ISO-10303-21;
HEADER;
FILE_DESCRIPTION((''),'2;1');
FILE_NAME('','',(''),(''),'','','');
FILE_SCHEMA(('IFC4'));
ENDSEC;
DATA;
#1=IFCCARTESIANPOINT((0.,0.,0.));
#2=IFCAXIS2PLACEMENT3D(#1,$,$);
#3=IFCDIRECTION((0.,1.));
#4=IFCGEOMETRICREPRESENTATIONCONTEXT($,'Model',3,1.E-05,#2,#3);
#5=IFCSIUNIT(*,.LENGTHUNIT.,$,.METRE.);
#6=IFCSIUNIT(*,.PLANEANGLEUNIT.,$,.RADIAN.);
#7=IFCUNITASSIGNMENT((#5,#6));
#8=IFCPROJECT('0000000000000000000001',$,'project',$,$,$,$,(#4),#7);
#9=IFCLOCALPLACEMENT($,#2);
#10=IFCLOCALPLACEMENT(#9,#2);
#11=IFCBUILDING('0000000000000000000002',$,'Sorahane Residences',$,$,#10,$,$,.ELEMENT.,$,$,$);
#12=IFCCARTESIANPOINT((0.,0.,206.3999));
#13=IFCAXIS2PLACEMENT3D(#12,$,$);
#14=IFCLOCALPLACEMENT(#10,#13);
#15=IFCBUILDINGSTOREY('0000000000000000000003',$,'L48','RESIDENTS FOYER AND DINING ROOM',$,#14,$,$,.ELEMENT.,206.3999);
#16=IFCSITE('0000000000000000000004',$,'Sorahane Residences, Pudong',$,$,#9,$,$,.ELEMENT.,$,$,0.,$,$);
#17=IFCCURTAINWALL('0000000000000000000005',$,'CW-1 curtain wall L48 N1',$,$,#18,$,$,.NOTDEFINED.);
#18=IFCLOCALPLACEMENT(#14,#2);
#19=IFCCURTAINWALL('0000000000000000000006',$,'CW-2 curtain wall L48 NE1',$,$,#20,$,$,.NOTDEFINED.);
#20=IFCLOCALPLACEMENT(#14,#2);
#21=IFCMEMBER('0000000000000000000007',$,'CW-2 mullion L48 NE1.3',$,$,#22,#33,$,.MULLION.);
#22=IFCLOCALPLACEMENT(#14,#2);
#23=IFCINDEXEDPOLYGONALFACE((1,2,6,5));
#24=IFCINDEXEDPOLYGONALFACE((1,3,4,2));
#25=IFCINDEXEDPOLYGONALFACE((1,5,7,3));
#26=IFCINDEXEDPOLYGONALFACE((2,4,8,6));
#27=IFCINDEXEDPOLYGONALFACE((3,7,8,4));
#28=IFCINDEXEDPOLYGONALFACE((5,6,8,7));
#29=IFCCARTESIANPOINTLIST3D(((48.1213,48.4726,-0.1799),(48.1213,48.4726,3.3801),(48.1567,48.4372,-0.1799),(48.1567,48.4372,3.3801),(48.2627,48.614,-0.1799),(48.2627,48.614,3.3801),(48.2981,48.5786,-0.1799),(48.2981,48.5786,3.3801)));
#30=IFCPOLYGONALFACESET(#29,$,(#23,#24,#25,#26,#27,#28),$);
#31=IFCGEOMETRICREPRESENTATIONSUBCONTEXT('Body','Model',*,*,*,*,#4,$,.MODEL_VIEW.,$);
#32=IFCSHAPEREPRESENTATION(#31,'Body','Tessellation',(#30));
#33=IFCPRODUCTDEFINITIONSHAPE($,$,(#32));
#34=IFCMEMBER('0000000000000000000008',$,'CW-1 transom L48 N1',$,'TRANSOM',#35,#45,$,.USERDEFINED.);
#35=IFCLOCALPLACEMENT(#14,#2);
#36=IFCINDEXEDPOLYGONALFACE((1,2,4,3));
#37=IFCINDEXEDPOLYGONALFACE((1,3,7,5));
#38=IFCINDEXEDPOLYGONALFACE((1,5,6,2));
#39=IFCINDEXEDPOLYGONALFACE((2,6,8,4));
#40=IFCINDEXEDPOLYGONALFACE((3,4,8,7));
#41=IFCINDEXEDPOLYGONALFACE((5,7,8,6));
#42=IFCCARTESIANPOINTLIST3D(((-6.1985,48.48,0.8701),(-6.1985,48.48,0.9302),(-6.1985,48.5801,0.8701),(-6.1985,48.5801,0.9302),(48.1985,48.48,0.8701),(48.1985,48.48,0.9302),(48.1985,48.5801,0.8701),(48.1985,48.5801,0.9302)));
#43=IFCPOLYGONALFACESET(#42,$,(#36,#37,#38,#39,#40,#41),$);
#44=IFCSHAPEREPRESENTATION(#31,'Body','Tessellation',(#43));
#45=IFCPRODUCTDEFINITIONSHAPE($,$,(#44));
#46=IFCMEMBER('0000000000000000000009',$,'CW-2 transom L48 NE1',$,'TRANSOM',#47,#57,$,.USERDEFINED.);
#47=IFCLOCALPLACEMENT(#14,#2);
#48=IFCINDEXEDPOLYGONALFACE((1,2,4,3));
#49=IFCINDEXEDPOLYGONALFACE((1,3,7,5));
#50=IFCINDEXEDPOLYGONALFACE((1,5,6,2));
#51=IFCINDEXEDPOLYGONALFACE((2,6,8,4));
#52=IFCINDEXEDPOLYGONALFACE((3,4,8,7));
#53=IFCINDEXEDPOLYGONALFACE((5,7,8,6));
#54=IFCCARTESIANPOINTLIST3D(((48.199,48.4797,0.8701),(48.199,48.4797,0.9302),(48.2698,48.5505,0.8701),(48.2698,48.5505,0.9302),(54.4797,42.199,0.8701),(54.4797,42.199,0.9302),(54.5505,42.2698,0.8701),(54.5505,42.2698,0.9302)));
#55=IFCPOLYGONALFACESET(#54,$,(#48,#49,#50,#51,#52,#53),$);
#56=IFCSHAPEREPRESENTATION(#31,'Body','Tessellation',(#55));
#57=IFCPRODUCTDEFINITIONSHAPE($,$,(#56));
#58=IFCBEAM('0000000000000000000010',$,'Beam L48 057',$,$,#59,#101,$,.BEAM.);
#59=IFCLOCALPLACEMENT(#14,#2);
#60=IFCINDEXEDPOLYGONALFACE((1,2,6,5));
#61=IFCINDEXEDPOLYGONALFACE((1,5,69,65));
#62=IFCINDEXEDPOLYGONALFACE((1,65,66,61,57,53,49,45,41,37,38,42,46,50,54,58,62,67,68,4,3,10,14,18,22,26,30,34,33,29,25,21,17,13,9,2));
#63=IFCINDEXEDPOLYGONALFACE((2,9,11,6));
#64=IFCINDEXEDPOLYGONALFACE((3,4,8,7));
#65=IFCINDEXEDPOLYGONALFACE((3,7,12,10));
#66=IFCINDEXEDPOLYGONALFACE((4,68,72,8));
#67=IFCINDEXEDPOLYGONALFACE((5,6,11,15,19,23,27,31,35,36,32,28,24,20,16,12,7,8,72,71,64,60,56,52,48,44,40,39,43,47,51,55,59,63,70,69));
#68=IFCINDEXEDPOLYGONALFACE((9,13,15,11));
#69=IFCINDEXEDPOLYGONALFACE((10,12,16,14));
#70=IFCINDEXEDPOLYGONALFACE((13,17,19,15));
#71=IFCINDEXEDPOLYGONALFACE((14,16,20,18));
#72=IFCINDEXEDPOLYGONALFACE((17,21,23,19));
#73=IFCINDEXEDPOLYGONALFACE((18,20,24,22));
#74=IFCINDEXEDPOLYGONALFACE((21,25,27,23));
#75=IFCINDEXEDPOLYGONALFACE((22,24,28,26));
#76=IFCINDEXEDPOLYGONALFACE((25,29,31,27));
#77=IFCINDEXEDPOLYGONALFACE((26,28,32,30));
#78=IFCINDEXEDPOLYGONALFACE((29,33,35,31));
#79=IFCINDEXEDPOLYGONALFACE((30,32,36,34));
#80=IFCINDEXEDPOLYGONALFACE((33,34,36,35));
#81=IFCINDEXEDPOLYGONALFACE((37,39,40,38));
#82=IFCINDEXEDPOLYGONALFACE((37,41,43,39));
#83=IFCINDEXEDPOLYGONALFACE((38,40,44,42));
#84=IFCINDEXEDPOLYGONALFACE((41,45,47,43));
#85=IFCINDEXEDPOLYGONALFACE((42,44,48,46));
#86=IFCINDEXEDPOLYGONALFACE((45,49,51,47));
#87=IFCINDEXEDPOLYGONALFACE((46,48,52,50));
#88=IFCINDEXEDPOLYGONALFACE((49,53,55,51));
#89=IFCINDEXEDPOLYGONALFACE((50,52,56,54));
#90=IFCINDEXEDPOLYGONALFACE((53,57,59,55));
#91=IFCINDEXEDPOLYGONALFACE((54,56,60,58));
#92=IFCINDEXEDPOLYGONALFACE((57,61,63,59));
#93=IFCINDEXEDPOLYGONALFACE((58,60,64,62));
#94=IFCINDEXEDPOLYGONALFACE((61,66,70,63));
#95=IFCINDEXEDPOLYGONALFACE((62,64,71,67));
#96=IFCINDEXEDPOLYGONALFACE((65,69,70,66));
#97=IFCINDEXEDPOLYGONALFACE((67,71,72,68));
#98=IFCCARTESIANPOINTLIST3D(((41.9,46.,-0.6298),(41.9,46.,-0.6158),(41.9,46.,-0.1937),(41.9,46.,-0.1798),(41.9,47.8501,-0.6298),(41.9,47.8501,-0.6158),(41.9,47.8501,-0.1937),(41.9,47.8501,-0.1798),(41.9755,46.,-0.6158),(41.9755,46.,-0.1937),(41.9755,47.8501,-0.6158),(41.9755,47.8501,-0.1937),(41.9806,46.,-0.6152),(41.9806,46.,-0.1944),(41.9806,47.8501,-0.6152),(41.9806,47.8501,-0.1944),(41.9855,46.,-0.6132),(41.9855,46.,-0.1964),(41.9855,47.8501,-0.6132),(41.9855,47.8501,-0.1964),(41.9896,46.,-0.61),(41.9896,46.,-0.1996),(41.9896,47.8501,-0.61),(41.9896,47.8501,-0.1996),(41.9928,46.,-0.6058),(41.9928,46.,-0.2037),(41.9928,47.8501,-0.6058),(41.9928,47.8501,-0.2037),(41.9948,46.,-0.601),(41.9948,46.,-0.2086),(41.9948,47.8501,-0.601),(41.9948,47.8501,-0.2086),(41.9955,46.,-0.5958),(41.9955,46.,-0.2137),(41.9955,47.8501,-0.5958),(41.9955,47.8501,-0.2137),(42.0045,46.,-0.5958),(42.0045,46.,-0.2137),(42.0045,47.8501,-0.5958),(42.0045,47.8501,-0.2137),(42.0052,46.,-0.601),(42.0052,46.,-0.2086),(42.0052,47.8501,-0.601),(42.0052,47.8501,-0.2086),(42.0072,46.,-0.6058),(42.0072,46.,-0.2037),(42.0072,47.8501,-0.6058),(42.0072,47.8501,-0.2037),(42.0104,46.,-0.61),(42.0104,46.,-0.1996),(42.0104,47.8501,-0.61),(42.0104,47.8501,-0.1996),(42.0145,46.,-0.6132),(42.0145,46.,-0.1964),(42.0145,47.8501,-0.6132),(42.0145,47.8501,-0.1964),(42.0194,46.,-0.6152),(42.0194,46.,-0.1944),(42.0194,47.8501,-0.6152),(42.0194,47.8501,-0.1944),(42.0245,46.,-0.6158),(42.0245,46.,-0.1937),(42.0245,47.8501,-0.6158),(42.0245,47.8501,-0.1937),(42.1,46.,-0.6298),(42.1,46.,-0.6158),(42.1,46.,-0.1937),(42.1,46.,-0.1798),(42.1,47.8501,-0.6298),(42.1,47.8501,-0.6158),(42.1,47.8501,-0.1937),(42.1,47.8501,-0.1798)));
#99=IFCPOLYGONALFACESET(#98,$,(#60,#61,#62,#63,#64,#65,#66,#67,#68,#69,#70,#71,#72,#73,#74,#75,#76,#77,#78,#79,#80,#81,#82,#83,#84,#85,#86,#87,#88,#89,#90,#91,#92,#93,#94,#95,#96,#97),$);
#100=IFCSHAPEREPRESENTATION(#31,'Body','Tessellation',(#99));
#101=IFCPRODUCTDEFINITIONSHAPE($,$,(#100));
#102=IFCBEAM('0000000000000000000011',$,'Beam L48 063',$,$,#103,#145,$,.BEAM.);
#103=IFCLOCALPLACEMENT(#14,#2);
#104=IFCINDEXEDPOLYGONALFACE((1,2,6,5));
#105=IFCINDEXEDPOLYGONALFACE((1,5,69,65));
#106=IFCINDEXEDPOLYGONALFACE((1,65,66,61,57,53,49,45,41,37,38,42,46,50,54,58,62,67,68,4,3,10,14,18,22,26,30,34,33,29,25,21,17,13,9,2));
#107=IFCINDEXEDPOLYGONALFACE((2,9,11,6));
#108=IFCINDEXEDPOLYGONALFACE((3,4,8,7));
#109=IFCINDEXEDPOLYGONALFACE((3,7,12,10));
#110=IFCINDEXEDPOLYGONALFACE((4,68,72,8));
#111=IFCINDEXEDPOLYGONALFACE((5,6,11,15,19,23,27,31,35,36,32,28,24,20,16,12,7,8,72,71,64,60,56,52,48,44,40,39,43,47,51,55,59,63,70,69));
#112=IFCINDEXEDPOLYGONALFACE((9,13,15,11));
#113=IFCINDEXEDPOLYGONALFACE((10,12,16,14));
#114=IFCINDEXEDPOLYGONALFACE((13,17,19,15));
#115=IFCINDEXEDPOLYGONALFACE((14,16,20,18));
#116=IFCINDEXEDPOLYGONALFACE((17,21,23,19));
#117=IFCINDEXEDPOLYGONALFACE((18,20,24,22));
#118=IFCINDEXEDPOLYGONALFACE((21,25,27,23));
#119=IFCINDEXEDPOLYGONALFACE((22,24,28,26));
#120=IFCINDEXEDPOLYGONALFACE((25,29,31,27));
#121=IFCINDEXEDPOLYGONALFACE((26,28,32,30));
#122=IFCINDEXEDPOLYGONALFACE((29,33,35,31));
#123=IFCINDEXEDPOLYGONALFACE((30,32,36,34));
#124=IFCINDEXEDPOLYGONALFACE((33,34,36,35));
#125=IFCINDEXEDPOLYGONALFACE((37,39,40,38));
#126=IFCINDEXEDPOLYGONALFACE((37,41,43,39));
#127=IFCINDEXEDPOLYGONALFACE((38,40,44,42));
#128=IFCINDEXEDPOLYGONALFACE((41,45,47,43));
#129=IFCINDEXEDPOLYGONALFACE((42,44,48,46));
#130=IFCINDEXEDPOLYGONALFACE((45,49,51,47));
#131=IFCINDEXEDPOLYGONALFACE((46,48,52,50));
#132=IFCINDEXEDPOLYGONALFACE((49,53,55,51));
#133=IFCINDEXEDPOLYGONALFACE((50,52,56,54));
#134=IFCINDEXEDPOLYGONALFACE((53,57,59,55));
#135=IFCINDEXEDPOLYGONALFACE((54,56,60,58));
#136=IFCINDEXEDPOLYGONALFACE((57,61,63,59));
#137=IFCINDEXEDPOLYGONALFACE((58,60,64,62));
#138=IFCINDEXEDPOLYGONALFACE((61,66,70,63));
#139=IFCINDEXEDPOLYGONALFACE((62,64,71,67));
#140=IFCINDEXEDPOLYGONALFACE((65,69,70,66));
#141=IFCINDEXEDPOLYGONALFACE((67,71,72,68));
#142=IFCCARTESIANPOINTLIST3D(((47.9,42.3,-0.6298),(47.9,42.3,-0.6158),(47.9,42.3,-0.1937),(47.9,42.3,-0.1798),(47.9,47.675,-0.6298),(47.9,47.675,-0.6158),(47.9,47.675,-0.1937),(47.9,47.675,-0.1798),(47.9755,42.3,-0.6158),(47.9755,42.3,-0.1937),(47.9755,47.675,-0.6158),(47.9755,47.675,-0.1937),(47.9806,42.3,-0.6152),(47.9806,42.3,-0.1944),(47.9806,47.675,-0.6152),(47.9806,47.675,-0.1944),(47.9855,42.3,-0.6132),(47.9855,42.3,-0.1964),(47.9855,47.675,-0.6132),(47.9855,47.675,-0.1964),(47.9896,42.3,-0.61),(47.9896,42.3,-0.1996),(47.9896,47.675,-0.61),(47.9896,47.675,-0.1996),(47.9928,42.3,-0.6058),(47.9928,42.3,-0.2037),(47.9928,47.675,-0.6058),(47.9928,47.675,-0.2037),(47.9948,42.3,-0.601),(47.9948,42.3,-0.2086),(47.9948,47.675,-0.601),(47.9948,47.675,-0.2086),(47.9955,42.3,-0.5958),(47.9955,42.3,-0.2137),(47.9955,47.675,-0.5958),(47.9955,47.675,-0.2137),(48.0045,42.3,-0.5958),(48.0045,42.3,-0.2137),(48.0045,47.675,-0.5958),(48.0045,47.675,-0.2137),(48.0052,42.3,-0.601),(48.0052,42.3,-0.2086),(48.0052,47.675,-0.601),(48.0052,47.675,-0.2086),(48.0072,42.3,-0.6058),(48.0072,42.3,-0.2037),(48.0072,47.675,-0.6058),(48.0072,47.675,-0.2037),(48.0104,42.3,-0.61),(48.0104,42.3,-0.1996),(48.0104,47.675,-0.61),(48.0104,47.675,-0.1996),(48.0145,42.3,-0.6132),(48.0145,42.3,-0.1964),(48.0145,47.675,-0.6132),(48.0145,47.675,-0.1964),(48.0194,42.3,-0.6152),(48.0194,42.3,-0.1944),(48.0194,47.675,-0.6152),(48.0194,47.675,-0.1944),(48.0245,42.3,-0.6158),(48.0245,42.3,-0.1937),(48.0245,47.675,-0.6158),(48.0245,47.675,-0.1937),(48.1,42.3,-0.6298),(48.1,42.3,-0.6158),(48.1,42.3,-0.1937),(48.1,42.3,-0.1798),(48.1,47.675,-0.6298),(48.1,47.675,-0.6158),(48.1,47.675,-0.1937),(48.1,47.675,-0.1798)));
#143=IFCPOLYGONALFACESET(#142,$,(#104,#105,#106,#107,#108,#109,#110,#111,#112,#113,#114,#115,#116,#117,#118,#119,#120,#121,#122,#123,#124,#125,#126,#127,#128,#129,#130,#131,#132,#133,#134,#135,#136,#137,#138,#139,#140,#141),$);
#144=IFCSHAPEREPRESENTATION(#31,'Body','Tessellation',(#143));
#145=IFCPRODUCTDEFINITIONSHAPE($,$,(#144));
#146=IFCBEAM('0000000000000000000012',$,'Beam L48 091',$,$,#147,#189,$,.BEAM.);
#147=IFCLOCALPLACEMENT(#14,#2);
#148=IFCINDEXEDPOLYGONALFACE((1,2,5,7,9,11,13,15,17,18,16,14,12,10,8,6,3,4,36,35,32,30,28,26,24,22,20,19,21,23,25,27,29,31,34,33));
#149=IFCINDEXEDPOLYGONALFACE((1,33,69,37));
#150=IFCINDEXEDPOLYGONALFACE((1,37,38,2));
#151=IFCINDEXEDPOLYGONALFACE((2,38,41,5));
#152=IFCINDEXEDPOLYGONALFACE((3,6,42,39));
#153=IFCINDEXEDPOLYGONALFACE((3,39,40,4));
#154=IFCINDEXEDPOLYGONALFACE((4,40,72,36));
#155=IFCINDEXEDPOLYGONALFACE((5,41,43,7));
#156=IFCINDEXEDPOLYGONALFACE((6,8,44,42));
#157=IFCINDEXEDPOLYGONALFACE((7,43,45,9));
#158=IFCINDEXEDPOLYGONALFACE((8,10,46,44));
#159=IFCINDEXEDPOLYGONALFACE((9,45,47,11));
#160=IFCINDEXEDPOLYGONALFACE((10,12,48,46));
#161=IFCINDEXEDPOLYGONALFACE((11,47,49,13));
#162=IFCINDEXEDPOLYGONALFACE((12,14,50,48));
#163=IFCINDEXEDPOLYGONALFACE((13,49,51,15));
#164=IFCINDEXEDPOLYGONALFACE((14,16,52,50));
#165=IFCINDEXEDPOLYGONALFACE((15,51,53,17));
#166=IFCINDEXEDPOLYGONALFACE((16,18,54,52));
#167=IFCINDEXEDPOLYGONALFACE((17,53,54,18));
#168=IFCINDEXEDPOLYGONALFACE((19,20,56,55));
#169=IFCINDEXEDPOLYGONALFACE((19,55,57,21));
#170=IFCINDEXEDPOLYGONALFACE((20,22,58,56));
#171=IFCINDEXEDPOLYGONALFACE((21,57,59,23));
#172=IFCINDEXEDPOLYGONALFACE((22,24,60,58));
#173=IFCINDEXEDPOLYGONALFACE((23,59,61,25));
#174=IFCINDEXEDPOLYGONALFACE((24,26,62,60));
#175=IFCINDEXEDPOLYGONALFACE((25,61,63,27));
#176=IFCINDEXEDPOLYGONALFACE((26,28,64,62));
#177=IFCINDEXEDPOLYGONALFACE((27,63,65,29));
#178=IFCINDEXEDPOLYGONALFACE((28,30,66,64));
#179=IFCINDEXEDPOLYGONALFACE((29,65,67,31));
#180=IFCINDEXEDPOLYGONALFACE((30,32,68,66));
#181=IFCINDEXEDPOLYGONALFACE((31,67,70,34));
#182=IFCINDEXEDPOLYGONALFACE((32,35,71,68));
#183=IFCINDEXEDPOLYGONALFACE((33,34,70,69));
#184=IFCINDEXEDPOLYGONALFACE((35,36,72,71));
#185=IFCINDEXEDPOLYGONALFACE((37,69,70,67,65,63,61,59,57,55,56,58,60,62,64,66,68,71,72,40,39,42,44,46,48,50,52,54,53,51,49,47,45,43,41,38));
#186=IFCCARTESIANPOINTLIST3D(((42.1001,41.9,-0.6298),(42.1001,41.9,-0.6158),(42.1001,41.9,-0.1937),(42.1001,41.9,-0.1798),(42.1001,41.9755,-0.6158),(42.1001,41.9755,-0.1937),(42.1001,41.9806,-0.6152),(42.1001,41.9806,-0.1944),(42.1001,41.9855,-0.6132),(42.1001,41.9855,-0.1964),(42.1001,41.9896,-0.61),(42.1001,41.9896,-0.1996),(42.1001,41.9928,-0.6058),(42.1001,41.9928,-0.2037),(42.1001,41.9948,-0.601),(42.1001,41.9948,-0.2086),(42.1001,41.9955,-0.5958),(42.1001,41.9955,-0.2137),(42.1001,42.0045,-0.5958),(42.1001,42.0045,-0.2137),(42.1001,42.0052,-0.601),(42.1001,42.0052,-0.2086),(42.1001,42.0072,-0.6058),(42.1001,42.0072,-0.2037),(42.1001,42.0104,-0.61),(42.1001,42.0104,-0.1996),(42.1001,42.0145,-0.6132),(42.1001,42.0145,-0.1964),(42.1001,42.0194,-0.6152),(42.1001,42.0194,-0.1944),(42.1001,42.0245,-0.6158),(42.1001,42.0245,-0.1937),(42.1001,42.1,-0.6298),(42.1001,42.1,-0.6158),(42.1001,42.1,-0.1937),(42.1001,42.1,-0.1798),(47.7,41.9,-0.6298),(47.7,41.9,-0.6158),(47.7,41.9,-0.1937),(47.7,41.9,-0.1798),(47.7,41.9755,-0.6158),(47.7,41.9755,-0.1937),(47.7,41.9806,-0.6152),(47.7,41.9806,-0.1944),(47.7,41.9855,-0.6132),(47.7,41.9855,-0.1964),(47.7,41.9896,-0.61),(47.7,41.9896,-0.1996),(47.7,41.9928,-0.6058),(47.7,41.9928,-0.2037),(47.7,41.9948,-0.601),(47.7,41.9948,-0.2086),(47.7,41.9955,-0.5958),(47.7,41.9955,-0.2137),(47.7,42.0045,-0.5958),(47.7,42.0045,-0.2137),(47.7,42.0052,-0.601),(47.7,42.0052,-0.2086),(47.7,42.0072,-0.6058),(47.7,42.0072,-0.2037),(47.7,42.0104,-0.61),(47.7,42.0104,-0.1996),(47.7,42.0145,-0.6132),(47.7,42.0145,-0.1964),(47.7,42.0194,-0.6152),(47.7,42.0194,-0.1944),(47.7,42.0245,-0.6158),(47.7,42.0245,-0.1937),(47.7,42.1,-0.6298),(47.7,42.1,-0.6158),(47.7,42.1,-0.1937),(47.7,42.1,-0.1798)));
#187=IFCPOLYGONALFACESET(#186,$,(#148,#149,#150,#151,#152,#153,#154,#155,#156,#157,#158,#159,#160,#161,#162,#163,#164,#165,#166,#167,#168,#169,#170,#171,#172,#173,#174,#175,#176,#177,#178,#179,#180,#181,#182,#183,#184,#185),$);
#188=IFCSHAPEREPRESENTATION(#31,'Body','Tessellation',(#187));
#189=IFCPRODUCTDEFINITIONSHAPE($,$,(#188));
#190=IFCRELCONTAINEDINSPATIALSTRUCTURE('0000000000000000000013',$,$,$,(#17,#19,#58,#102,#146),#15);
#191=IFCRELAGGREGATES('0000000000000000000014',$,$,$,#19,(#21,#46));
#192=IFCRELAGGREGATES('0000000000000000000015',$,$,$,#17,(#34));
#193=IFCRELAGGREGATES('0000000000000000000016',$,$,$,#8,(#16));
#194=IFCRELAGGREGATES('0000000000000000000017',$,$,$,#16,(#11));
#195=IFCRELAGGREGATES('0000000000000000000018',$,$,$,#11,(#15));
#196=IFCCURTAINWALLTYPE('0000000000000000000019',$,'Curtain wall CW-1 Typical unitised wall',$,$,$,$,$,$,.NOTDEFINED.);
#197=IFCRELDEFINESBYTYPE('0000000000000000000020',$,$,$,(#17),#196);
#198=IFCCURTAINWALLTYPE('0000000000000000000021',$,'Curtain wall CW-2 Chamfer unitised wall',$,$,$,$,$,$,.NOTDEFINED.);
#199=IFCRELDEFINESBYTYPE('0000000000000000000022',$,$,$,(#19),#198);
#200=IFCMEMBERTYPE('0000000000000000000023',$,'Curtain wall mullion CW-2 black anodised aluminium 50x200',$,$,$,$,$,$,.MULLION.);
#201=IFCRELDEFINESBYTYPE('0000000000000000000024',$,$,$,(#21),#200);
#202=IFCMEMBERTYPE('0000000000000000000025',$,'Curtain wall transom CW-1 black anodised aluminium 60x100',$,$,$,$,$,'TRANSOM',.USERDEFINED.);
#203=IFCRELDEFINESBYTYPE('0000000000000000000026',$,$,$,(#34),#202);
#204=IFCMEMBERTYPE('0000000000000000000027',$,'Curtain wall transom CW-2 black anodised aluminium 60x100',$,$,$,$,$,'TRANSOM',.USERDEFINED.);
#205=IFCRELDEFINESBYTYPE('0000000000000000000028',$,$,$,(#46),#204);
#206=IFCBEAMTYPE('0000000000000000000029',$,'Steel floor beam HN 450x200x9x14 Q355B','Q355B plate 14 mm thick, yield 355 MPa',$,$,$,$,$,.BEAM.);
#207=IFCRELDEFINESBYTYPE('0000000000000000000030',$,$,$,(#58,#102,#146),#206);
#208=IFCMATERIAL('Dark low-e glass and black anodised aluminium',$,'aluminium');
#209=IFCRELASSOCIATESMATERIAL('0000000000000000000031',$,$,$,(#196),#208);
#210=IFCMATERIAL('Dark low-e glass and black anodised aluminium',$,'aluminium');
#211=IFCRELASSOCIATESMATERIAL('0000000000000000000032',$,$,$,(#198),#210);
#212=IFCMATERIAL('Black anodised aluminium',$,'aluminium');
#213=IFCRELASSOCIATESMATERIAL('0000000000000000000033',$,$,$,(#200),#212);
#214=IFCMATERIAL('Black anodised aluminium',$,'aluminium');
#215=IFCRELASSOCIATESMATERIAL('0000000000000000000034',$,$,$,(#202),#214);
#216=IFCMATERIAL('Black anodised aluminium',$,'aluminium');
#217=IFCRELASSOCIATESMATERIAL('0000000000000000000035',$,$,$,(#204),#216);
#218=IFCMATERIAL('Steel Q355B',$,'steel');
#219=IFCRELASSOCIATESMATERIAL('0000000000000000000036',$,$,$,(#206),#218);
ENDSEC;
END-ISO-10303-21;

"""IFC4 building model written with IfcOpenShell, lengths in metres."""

from ifc_helpers import new_model, si_unit, direction, frame, origin, origin_2d, place, context, subcontext, project, spatial, rectangle, i_section, extrude, material, material_profile, profile_set, type_object, element, aggregate, save


model = new_model("IFC4")

# Units and contexts
model_context = context("Model", 3, precision=1e-05, world=origin(), true_north=direction((0.0, 1.0)))
body_context = subcontext(model_context, "Body", "Model", "MODEL_VIEW")
ifc_project = project(units=[si_unit("LENGTHUNIT", "METRE"), si_unit("PLANEANGLEUNIT", "RADIAN")], contexts=[model_context])

# Site, building, storey
site_placement = place(None, origin())
site = spatial("IfcSite", under=ifc_project, at=site_placement, Name="Sorahane Residences, Pudong", CompositionType="ELEMENT", RefElevation=0.0)
building_placement = place(site_placement, origin())
building = spatial("IfcBuilding", under=site, at=building_placement, Name="Sorahane Residences", CompositionType="ELEMENT")
storey_placement = place(building_placement, frame((0.0, 0.0, 206.3999)))
storey = spatial("IfcBuildingStorey", under=building, at=storey_placement, Name="L48", Description="RESIDENTS FOYER AND DINING ROOM", CompositionType="ELEMENT", Elevation=206.3999)

# Curtain wall
ifc_material_1 = material(Name="Dark low-e glass and black anodised aluminium", Category="aluminium")
curtain_wall_type_1 = type_object("IfcCurtainWallType", Name="Curtain wall CW-1 Typical unitised wall", PredefinedType="NOTDEFINED", material=ifc_material_1)
curtain_wall_1_placement = place(storey_placement, origin())
curtain_wall_1 = element("IfcCurtainWall", 1, at=curtain_wall_1_placement, inside=storey, type_object=curtain_wall_type_1, Name="CW-1 curtain wall L48 N1", PredefinedType="NOTDEFINED")

# Curtain wall, member
ifc_material_2 = material(Name="Dark low-e glass and black anodised aluminium", Category="aluminium")
curtain_wall_type_2 = type_object("IfcCurtainWallType", Name="Curtain wall CW-2 Chamfer unitised wall", PredefinedType="NOTDEFINED", material=ifc_material_2)
curtain_wall_2_placement = place(storey_placement, origin())
curtain_wall_2 = element("IfcCurtainWall", 2, at=curtain_wall_2_placement, inside=storey, type_object=curtain_wall_type_2, Name="CW-2 curtain wall L48 NE1", PredefinedType="NOTDEFINED")
ifc_material_3 = material(Name="Black anodised aluminium", Category="aluminium")
ifc_material_profile_1 = material_profile(ifc_material_3, rectangle(XDim=0.2, YDim=0.05, at=origin_2d()), Name="Curtain wall mullion CW-2 black anodised aluminium 50x200")
ifc_profile_set_1 = profile_set([ifc_material_profile_1], Name="Black anodised aluminium")
member_type_1 = type_object("IfcMemberType", Name="Curtain wall mullion CW-2 black anodised aluminium 50x200", PredefinedType="MULLION", material=ifc_profile_set_1)
member_1_placement = place(storey_placement, frame((48.2097, 48.5256, -0.1799), z_axis=(0.0, 0.0, 1.0), x_axis=(0.707107, 0.707107, 0.0)))
member_1 = element("IfcMember", 3, at=member_1_placement, type_object=member_type_1, Name="CW-2 mullion L48 NE1.3", PredefinedType="MULLION", context=body_context, shape_type="SweptSolid", body=[
    extrude(rectangle(XDim=0.2, YDim=0.05, at=origin_2d()), origin(), (0.0, 0.0, 1.0), 3.5601),
])

# Members
ifc_material_4 = material(Name="Black anodised aluminium", Category="aluminium")
ifc_material_profile_2 = material_profile(ifc_material_4, rectangle(XDim=0.1001, YDim=0.0601, at=origin_2d()), Name="Curtain wall transom CW-1 black anodised aluminium 60x100")
ifc_profile_set_2 = profile_set([ifc_material_profile_2], Name="Black anodised aluminium")
member_type_2 = type_object("IfcMemberType", Name="Curtain wall transom CW-1 black anodised aluminium 60x100", ElementType="TRANSOM", PredefinedType="USERDEFINED", material=ifc_profile_set_2)
member_2_placement = place(storey_placement, frame((48.1985, 48.53, 0.9001), z_axis=(-1.0, 0.0, 0.0), x_axis=(0.0, -1.0, 0.0)))
member_2 = element("IfcMember", 4, at=member_2_placement, type_object=member_type_2, Name="CW-1 transom L48 N1", ObjectType="TRANSOM", PredefinedType="USERDEFINED", context=body_context, shape_type="SweptSolid", body=[
    extrude(rectangle(XDim=0.1001, YDim=0.0601, at=origin_2d()), origin(), (0.0, 0.0, 1.0), 54.397),
])
ifc_material_5 = material(Name="Black anodised aluminium", Category="aluminium")
ifc_material_profile_3 = material_profile(ifc_material_5, rectangle(XDim=0.1001, YDim=0.0601, at=origin_2d()), Name="Curtain wall transom CW-2 black anodised aluminium 60x100")
ifc_profile_set_3 = profile_set([ifc_material_profile_3], Name="Black anodised aluminium")
member_type_3 = type_object("IfcMemberType", Name="Curtain wall transom CW-2 black anodised aluminium 60x100", ElementType="TRANSOM", PredefinedType="USERDEFINED", material=ifc_profile_set_3)
member_3_placement = place(storey_placement, frame((54.5151, 42.2344, 0.9001), z_axis=(-0.707107, 0.707107, 0.0), x_axis=(-0.707107, -0.707107, 0.0)))
member_3 = element("IfcMember", 5, at=member_3_placement, type_object=member_type_3, Name="CW-2 transom L48 NE1", ObjectType="TRANSOM", PredefinedType="USERDEFINED", context=body_context, shape_type="SweptSolid", body=[
    extrude(rectangle(XDim=0.1001, YDim=0.0601, at=origin_2d()), origin(), (0.0, 0.0, 1.0), 8.8823),
])

# Beams
ifc_material_6 = material(Name="Steel Q355B", Category="steel")
ifc_material_profile_4 = material_profile(ifc_material_6, i_section(OverallWidth=0.2, OverallDepth=0.45, WebThickness=0.009, FlangeThickness=0.0139, FilletRadius=0.02, at=origin_2d()), Name="HN 450x200x9x14")
ifc_profile_set_4 = profile_set([ifc_material_profile_4], Name="Steel Q355B")
beam_type = type_object("IfcBeamType", Name="Steel floor beam HN 450x200x9x14 Q355B", Description="Q355B plate 14 mm thick, yield 355 MPa", PredefinedType="BEAM", material=ifc_profile_set_4)
beam_1_placement = place(storey_placement, frame((42.0, 46.0, -0.4048), z_axis=(0.0, 1.0, 0.0), x_axis=(-1.0, 0.0, 0.0)))
element("IfcBeam", 6, at=beam_1_placement, inside=storey, type_object=beam_type, Name="Beam L48 057", PredefinedType="BEAM", context=body_context, shape_type="SweptSolid", body=[
    extrude(i_section(OverallWidth=0.2, OverallDepth=0.45, WebThickness=0.009, FlangeThickness=0.0139, FilletRadius=0.02, at=origin_2d()), origin(), (0.0, 0.0, 1.0), 1.8501),
])
beam_2_placement = place(storey_placement, frame((48.0, 42.3, -0.4048), z_axis=(0.0, 1.0, 0.0), x_axis=(-1.0, 0.0, 0.0)))
element("IfcBeam", 7, at=beam_2_placement, inside=storey, type_object=beam_type, Name="Beam L48 063", PredefinedType="BEAM", context=body_context, shape_type="SweptSolid", body=[
    extrude(i_section(OverallWidth=0.2, OverallDepth=0.45, WebThickness=0.009, FlangeThickness=0.0139, FilletRadius=0.02, at=origin_2d()), origin(), (0.0, 0.0, 1.0), 5.375),
])
beam_3_placement = place(storey_placement, frame((42.1001, 42.0, -0.4048), z_axis=(1.0, 0.0, 0.0), x_axis=(0.0, 1.0, 0.0)))
element("IfcBeam", 8, at=beam_3_placement, inside=storey, type_object=beam_type, Name="Beam L48 091", PredefinedType="BEAM", context=body_context, shape_type="SweptSolid", body=[
    extrude(i_section(OverallWidth=0.2, OverallDepth=0.45, WebThickness=0.009, FlangeThickness=0.0139, FilletRadius=0.02, at=origin_2d()), origin(), (0.0, 0.0, 1.0), 5.5999),
])

aggregate(curtain_wall_2, [member_1, member_3])
aggregate(curtain_wall_1, [member_2])

save(model, "model.ifc")
